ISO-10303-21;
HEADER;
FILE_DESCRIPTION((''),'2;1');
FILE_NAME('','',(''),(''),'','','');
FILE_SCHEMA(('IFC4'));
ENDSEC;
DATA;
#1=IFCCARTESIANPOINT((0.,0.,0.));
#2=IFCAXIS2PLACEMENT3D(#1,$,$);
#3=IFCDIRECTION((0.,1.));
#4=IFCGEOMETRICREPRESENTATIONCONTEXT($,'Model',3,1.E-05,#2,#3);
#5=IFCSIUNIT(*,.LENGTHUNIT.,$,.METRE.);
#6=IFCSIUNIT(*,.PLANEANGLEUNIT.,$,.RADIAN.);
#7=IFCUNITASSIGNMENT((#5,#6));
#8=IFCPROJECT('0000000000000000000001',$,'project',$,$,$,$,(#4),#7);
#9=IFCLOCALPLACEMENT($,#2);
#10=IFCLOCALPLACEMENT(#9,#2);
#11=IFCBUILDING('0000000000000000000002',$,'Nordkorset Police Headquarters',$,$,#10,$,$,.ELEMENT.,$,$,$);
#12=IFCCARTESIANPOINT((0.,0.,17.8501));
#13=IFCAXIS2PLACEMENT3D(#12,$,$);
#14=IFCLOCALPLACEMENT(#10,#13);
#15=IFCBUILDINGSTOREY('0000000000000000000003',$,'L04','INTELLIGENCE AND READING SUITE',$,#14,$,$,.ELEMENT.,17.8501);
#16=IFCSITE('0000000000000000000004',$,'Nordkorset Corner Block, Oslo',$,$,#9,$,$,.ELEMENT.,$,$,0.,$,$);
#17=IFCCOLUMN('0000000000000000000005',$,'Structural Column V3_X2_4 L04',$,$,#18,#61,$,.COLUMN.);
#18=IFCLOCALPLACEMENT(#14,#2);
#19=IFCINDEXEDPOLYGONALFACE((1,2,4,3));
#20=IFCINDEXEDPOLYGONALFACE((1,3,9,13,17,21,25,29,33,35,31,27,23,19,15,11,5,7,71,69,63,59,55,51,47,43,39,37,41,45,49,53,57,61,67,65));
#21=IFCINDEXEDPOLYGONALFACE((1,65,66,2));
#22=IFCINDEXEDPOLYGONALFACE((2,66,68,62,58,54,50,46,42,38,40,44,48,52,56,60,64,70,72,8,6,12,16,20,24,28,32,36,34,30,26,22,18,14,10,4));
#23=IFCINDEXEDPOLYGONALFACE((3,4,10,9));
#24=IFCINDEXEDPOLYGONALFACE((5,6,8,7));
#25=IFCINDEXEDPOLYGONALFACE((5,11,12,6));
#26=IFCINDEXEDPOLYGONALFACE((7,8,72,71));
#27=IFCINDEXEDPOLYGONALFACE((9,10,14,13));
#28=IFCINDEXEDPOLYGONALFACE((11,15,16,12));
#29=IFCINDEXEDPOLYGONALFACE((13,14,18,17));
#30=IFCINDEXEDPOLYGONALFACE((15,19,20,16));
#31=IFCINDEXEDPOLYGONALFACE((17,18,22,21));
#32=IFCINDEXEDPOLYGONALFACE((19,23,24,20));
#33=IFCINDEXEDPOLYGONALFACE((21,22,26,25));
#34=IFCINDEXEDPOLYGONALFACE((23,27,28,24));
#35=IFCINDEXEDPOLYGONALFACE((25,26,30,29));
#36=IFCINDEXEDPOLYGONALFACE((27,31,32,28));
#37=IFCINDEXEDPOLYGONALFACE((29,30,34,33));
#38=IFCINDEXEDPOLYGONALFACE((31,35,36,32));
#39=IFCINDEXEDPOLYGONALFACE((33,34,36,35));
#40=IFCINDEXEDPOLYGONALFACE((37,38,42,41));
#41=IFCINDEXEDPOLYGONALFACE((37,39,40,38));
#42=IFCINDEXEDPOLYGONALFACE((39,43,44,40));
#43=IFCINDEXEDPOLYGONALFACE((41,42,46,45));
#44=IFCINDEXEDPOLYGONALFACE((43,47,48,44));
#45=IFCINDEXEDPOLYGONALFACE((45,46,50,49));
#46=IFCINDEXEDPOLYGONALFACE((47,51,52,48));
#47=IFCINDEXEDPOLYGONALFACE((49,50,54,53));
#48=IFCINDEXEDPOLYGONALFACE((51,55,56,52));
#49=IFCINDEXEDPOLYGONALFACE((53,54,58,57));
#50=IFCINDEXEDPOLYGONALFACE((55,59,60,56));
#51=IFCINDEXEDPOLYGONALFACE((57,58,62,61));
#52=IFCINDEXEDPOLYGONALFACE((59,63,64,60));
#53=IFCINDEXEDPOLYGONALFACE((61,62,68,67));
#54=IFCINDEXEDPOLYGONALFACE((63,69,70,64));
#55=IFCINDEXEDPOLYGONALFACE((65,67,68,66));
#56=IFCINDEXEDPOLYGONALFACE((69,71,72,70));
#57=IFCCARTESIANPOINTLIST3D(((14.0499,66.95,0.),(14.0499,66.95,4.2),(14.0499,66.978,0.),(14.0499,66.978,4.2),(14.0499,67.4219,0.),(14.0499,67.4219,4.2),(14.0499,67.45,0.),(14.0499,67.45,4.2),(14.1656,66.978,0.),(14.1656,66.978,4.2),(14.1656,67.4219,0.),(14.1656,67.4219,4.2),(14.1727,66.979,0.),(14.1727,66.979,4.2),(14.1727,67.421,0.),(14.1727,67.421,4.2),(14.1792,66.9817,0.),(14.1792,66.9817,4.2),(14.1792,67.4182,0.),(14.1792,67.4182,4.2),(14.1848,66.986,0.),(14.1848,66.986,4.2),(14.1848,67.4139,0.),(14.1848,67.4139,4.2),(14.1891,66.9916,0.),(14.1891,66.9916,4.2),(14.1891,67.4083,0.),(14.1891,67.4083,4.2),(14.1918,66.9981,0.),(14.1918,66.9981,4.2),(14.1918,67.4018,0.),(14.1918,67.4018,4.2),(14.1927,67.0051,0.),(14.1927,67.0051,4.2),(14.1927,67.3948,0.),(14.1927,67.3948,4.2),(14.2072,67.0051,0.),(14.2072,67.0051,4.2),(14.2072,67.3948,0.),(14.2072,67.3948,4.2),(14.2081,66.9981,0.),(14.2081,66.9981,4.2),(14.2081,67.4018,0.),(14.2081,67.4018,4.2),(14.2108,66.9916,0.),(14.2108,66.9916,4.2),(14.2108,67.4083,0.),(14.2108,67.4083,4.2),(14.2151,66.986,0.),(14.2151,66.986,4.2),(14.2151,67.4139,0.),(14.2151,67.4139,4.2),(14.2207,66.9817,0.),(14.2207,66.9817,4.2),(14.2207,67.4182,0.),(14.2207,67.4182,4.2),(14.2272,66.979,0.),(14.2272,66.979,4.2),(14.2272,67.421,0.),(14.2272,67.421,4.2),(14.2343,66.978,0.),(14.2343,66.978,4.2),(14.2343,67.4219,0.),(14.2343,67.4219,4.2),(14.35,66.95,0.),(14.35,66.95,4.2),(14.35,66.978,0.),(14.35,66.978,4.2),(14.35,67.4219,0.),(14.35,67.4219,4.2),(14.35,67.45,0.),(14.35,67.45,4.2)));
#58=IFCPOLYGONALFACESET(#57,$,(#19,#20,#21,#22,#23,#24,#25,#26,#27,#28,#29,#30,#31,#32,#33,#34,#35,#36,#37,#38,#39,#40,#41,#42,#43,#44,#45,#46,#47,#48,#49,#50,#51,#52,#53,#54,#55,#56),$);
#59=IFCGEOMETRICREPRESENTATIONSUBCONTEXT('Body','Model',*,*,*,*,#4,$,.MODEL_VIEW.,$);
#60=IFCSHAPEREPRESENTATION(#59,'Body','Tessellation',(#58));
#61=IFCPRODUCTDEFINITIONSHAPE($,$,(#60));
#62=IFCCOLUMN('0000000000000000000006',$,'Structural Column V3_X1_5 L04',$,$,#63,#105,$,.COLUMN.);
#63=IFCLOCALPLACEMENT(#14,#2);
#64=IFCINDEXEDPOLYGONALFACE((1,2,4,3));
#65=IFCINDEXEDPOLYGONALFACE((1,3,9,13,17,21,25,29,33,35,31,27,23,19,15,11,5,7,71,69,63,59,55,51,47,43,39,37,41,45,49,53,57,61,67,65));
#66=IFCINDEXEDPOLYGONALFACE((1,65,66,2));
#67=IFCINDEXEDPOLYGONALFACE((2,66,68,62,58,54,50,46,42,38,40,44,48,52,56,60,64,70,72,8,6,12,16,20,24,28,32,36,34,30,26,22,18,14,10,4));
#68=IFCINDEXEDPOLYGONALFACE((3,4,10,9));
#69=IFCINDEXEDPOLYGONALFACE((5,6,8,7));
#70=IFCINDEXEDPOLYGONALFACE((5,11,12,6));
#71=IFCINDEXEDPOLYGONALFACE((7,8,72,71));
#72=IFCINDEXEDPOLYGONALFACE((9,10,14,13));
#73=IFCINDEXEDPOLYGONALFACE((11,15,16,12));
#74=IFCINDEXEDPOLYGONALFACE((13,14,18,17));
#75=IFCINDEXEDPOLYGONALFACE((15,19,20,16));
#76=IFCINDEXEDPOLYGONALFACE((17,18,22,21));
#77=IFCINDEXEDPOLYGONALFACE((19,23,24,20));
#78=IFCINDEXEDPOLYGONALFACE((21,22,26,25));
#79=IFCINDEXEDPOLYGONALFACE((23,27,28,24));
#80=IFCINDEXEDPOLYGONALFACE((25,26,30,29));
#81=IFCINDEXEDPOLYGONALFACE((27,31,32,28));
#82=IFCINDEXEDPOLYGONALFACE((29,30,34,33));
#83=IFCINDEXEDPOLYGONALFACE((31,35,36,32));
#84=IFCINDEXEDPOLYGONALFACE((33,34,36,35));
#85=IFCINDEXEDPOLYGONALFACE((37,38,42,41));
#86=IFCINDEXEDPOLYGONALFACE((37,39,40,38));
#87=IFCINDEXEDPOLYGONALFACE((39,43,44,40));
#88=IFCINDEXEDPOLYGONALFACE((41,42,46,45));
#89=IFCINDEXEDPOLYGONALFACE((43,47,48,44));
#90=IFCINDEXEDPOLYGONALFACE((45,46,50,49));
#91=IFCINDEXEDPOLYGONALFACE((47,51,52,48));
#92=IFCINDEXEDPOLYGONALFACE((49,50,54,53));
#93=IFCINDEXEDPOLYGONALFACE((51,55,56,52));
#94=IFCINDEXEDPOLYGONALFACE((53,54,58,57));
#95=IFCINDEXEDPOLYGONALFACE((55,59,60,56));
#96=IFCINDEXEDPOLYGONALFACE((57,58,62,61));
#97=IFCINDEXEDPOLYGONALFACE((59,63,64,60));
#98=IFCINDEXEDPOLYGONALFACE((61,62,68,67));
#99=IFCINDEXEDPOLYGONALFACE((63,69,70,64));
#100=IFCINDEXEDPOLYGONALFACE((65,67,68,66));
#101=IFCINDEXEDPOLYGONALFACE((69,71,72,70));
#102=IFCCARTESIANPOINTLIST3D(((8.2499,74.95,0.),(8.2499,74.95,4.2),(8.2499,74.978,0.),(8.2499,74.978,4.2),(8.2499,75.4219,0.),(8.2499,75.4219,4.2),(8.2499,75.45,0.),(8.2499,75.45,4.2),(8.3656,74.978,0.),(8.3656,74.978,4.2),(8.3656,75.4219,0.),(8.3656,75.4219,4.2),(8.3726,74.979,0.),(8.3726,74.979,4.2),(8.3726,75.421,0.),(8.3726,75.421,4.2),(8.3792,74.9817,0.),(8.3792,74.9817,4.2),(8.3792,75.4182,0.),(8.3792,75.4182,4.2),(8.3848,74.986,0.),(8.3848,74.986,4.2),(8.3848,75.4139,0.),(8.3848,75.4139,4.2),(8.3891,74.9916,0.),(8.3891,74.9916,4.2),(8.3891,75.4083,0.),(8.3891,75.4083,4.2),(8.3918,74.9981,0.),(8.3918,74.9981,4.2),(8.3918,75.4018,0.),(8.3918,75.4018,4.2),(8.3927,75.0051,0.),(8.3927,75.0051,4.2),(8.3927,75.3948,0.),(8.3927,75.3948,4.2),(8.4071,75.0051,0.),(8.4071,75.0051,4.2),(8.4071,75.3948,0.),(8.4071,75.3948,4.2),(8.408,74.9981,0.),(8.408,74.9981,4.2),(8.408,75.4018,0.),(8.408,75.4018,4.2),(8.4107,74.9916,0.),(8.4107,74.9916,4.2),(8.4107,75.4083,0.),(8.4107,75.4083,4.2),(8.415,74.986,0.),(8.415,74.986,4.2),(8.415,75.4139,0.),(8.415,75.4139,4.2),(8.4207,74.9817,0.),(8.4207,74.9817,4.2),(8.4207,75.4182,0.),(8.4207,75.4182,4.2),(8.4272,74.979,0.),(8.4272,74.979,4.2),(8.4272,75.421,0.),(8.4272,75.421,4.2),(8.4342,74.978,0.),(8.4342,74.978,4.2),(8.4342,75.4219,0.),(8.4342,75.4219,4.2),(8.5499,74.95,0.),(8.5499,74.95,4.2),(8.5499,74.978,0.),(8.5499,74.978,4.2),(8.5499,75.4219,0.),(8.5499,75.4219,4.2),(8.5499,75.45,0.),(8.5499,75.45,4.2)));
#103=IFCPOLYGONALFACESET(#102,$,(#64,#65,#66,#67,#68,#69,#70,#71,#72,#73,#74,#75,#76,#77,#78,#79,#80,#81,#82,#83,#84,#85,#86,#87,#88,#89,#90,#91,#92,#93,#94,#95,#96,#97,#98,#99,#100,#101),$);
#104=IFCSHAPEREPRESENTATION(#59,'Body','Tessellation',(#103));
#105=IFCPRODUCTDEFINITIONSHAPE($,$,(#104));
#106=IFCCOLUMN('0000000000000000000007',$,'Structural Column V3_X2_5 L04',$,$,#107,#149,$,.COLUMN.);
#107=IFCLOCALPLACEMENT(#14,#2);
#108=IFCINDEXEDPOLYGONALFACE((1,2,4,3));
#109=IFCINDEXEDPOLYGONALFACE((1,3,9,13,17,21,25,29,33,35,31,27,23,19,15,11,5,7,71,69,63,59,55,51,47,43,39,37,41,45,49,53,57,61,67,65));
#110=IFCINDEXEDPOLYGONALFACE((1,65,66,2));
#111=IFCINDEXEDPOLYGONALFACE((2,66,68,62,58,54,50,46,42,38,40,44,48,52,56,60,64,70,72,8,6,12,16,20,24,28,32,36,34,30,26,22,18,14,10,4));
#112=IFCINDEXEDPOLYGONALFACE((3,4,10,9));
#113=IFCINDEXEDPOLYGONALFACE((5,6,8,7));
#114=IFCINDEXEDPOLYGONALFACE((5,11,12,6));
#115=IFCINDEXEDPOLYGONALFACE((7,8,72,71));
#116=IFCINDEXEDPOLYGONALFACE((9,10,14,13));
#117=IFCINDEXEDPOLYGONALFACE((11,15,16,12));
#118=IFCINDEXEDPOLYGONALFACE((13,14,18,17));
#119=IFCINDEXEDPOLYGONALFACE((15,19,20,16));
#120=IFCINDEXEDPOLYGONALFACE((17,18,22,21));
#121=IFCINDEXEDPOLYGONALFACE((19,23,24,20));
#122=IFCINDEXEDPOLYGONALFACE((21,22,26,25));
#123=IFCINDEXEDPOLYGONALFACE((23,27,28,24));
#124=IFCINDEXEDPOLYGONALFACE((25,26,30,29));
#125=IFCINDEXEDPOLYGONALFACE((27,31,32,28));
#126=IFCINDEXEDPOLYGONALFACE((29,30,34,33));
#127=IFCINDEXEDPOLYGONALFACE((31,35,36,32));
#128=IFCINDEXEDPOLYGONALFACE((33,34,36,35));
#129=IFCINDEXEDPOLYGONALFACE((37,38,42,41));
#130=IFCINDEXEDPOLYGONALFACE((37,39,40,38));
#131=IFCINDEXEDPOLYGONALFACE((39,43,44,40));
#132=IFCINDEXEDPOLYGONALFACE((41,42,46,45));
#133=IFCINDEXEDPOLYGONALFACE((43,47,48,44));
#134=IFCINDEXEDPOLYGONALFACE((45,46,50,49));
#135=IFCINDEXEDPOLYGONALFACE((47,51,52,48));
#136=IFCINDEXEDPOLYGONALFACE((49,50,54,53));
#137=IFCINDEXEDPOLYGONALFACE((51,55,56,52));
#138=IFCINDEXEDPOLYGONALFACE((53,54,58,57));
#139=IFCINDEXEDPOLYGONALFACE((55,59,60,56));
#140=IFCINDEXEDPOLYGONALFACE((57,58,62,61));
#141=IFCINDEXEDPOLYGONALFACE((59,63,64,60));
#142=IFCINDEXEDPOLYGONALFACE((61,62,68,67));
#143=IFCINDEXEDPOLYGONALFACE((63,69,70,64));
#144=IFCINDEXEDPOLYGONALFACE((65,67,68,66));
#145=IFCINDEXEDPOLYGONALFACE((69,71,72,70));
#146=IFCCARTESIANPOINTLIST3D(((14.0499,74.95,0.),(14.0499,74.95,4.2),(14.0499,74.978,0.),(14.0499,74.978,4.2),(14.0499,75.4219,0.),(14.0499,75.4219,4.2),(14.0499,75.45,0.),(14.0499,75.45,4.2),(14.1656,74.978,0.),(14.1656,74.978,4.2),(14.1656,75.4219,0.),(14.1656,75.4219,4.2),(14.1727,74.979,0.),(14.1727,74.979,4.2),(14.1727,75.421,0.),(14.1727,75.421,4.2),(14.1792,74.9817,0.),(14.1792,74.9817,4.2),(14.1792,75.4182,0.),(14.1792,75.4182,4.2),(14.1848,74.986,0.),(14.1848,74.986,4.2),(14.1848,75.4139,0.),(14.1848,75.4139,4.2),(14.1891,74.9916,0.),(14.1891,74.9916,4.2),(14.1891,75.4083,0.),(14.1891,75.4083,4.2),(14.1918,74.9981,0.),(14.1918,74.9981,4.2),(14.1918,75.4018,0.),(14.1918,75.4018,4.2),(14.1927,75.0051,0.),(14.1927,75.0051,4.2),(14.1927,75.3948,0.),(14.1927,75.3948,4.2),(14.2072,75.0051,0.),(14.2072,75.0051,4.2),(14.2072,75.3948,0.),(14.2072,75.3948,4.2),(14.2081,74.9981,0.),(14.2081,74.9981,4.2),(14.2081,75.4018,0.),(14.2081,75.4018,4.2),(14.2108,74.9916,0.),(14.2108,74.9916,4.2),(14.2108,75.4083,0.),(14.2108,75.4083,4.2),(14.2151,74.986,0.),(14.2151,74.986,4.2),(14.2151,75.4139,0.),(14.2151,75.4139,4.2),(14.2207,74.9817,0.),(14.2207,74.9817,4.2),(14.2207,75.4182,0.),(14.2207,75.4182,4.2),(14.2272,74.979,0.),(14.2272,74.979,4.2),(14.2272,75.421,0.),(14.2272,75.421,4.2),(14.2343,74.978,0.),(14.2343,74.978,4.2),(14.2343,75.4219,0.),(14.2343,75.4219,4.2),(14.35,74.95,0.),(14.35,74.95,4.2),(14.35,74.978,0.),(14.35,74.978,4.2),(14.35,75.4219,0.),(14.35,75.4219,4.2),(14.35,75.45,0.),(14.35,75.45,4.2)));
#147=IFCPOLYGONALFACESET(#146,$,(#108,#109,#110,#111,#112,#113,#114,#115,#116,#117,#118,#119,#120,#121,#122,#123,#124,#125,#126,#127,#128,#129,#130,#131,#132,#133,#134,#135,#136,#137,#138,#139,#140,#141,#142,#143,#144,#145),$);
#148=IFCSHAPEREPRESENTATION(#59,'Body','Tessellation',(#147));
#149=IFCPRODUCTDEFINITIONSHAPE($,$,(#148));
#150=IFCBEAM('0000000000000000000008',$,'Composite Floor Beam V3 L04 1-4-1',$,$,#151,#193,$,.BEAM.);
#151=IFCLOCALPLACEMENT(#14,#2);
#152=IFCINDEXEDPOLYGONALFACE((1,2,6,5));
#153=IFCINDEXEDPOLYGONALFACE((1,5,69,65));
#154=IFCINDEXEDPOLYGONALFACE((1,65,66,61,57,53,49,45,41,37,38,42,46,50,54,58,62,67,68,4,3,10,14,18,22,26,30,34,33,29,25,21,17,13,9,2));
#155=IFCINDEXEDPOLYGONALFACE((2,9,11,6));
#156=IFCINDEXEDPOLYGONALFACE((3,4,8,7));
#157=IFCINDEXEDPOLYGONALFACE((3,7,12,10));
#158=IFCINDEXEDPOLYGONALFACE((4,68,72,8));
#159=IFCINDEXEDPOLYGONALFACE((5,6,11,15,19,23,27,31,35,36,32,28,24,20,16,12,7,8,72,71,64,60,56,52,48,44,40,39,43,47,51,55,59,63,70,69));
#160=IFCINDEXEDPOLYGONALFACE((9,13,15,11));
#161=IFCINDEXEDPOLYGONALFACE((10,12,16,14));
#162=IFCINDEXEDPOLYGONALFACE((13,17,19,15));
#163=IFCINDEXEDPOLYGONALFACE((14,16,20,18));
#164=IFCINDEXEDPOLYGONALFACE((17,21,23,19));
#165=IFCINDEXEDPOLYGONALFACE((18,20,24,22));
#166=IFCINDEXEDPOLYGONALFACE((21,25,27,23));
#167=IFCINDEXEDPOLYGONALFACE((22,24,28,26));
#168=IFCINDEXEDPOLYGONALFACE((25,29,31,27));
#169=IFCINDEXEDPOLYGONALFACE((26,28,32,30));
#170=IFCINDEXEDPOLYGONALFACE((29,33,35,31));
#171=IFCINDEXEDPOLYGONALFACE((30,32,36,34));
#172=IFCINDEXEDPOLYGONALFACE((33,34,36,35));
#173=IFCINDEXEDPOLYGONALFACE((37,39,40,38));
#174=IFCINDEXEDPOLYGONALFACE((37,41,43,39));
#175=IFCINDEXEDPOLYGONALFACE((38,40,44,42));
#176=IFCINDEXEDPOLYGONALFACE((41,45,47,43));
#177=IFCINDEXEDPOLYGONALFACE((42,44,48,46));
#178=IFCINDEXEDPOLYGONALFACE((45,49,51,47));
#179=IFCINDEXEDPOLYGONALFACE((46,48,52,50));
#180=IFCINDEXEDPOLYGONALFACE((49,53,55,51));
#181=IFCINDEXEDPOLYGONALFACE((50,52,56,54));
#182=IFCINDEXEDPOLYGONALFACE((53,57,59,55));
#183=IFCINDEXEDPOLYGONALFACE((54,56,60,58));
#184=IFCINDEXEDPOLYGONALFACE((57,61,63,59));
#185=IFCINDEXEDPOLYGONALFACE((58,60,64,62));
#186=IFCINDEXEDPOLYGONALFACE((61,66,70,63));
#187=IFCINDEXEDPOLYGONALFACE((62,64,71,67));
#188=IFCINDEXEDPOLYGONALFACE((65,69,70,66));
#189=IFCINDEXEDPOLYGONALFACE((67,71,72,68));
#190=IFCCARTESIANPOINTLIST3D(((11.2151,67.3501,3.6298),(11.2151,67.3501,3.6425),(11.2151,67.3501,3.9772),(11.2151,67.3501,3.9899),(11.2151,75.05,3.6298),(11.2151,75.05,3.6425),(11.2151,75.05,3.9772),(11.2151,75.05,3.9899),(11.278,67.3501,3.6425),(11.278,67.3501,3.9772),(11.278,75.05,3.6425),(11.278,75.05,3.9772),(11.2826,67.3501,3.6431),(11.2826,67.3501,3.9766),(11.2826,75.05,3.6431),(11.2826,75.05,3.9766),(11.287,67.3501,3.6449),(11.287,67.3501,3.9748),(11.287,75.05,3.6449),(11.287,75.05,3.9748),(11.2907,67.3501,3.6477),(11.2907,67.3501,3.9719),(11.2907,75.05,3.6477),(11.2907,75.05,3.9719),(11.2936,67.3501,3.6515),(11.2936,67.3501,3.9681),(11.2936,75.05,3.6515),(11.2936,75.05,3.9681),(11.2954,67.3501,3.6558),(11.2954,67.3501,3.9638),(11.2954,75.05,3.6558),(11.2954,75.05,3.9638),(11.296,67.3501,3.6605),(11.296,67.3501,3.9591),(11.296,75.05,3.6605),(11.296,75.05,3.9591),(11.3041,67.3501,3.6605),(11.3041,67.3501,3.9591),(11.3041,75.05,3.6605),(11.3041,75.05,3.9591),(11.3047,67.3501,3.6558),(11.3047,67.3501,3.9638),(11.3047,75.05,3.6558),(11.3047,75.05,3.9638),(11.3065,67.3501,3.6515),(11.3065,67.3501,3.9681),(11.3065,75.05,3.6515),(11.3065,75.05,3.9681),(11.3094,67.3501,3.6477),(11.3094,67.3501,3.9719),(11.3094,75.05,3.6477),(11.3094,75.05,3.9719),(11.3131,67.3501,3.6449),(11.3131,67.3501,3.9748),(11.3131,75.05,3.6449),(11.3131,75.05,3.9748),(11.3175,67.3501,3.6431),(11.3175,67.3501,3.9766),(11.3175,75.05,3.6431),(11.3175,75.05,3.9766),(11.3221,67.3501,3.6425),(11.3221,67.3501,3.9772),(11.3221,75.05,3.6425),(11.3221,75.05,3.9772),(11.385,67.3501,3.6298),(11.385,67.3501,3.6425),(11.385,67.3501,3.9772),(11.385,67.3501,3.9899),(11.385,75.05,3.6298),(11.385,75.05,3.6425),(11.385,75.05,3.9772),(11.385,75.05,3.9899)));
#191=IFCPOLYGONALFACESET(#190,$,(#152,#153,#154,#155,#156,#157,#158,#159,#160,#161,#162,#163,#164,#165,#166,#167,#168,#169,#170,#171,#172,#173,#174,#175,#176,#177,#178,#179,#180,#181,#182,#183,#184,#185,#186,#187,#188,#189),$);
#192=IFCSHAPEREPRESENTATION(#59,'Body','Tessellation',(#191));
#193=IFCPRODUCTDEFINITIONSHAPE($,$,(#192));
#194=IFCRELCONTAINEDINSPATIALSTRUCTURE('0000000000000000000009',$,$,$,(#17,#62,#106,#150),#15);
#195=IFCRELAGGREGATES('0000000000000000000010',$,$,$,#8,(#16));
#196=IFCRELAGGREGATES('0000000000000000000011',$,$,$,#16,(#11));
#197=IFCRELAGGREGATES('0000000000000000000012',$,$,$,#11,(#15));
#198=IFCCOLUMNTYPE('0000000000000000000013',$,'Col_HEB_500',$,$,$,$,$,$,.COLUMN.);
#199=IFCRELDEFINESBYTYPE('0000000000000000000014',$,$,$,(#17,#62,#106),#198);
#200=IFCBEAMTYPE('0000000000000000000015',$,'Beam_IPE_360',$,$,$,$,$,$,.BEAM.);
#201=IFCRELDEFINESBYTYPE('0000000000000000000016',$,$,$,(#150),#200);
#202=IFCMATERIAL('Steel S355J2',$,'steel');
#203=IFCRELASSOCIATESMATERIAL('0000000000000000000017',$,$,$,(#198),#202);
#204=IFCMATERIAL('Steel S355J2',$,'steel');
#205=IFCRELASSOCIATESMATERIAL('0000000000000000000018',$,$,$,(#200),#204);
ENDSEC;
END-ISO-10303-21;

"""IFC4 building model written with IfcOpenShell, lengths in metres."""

from ifc_helpers import new_model, si_unit, direction, frame, origin, origin_2d, place, context, subcontext, project, spatial, i_section, extrude, material, material_profile, profile_set, type_object, element, save


model = new_model("IFC4")

# Units and contexts
model_context = context("Model", 3, precision=1e-05, world=origin(), true_north=direction((0.0, 1.0)))
body_context = subcontext(model_context, "Body", "Model", "MODEL_VIEW")
ifc_project = project(units=[si_unit("LENGTHUNIT", "METRE"), si_unit("PLANEANGLEUNIT", "RADIAN")], contexts=[model_context])

# Site, building, storey
site_placement = place(None, origin())
site = spatial("IfcSite", under=ifc_project, at=site_placement, Name="Nordkorset Corner Block, Oslo", CompositionType="ELEMENT", RefElevation=0.0)
building_placement = place(site_placement, origin())
building = spatial("IfcBuilding", under=site, at=building_placement, Name="Nordkorset Police Headquarters", CompositionType="ELEMENT")
storey_placement = place(building_placement, frame((0.0, 0.0, 17.8501)))
storey = spatial("IfcBuildingStorey", under=building, at=storey_placement, Name="L04", Description="INTELLIGENCE AND READING SUITE", CompositionType="ELEMENT", Elevation=17.8501)

# Columns
ifc_material_1 = material(Name="Steel S355J2", Category="steel")
ifc_material_profile_1 = material_profile(ifc_material_1, i_section(OverallWidth=0.3, OverallDepth=0.5, WebThickness=0.0144, FlangeThickness=0.0281, FilletRadius=0.0271, at=origin_2d()), Name="HEB 500")
ifc_profile_set_1 = profile_set([ifc_material_profile_1], Name="Steel S355J2")
column_type = type_object("IfcColumnType", Name="Col_HEB_500", PredefinedType="COLUMN", material=ifc_profile_set_1)
for number, where, z_axis, x_axis, name in (
    (1, (14.2, 67.2, 0.0), (0.0, 0.0, 1.0), (1.0, 0.0, 0.0), "Structural Column V3_X2_4 L04"),
    (2, (8.3999, 75.2, 0.0), (0.0, 0.0, 1.0), (1.0, 0.0, 0.0), "Structural Column V3_X1_5 L04"),
    (3, (14.2, 75.2, 0.0), (0.0, 0.0, 1.0), (1.0, 0.0, 0.0), "Structural Column V3_X2_5 L04"),
):
    element("IfcColumn", number, at=place(storey_placement, frame(where, z_axis=z_axis, x_axis=x_axis)), inside=storey, type_object=column_type, Name=name, PredefinedType="COLUMN", context=body_context, shape_type="SweptSolid", body=[
        extrude(i_section(OverallWidth=0.3, OverallDepth=0.5, WebThickness=0.0144, FlangeThickness=0.0281, FilletRadius=0.0271, at=origin_2d()), origin(), (0.0, 0.0, 1.0), 4.2),
    ])

# Beam
ifc_material_2 = material(Name="Steel S355J2", Category="steel")
ifc_material_profile_2 = material_profile(ifc_material_2, i_section(OverallWidth=0.1699, OverallDepth=0.3601, WebThickness=0.0081, FlangeThickness=0.0127, FilletRadius=0.0181, at=origin_2d()), Name="IPE 360")
ifc_profile_set_2 = profile_set([ifc_material_profile_2], Name="Steel S355J2")
beam_type_1 = type_object("IfcBeamType", Name="Beam_IPE_360", PredefinedType="BEAM", material=ifc_profile_set_2)
for number, where, z_axis, x_axis, name in (
    (4, (11.3, 67.3501, 3.8098), (0.0, 1.0, 0.0), (-1.0, 0.0, 0.0), "Composite Floor Beam V3 L04 1-4-1"),
):
    element("IfcBeam", number, at=place(storey_placement, frame(where, z_axis=z_axis, x_axis=x_axis)), inside=storey, type_object=beam_type_1, Name=name, PredefinedType="BEAM", context=body_context, shape_type="SweptSolid", body=[
        extrude(i_section(OverallWidth=0.1699, OverallDepth=0.3601, WebThickness=0.0081, FlangeThickness=0.0127, FilletRadius=0.0181, at=origin_2d()), origin(), (0.0, 0.0, 1.0), 7.7),
    ])

save(model, "model.ifc")
